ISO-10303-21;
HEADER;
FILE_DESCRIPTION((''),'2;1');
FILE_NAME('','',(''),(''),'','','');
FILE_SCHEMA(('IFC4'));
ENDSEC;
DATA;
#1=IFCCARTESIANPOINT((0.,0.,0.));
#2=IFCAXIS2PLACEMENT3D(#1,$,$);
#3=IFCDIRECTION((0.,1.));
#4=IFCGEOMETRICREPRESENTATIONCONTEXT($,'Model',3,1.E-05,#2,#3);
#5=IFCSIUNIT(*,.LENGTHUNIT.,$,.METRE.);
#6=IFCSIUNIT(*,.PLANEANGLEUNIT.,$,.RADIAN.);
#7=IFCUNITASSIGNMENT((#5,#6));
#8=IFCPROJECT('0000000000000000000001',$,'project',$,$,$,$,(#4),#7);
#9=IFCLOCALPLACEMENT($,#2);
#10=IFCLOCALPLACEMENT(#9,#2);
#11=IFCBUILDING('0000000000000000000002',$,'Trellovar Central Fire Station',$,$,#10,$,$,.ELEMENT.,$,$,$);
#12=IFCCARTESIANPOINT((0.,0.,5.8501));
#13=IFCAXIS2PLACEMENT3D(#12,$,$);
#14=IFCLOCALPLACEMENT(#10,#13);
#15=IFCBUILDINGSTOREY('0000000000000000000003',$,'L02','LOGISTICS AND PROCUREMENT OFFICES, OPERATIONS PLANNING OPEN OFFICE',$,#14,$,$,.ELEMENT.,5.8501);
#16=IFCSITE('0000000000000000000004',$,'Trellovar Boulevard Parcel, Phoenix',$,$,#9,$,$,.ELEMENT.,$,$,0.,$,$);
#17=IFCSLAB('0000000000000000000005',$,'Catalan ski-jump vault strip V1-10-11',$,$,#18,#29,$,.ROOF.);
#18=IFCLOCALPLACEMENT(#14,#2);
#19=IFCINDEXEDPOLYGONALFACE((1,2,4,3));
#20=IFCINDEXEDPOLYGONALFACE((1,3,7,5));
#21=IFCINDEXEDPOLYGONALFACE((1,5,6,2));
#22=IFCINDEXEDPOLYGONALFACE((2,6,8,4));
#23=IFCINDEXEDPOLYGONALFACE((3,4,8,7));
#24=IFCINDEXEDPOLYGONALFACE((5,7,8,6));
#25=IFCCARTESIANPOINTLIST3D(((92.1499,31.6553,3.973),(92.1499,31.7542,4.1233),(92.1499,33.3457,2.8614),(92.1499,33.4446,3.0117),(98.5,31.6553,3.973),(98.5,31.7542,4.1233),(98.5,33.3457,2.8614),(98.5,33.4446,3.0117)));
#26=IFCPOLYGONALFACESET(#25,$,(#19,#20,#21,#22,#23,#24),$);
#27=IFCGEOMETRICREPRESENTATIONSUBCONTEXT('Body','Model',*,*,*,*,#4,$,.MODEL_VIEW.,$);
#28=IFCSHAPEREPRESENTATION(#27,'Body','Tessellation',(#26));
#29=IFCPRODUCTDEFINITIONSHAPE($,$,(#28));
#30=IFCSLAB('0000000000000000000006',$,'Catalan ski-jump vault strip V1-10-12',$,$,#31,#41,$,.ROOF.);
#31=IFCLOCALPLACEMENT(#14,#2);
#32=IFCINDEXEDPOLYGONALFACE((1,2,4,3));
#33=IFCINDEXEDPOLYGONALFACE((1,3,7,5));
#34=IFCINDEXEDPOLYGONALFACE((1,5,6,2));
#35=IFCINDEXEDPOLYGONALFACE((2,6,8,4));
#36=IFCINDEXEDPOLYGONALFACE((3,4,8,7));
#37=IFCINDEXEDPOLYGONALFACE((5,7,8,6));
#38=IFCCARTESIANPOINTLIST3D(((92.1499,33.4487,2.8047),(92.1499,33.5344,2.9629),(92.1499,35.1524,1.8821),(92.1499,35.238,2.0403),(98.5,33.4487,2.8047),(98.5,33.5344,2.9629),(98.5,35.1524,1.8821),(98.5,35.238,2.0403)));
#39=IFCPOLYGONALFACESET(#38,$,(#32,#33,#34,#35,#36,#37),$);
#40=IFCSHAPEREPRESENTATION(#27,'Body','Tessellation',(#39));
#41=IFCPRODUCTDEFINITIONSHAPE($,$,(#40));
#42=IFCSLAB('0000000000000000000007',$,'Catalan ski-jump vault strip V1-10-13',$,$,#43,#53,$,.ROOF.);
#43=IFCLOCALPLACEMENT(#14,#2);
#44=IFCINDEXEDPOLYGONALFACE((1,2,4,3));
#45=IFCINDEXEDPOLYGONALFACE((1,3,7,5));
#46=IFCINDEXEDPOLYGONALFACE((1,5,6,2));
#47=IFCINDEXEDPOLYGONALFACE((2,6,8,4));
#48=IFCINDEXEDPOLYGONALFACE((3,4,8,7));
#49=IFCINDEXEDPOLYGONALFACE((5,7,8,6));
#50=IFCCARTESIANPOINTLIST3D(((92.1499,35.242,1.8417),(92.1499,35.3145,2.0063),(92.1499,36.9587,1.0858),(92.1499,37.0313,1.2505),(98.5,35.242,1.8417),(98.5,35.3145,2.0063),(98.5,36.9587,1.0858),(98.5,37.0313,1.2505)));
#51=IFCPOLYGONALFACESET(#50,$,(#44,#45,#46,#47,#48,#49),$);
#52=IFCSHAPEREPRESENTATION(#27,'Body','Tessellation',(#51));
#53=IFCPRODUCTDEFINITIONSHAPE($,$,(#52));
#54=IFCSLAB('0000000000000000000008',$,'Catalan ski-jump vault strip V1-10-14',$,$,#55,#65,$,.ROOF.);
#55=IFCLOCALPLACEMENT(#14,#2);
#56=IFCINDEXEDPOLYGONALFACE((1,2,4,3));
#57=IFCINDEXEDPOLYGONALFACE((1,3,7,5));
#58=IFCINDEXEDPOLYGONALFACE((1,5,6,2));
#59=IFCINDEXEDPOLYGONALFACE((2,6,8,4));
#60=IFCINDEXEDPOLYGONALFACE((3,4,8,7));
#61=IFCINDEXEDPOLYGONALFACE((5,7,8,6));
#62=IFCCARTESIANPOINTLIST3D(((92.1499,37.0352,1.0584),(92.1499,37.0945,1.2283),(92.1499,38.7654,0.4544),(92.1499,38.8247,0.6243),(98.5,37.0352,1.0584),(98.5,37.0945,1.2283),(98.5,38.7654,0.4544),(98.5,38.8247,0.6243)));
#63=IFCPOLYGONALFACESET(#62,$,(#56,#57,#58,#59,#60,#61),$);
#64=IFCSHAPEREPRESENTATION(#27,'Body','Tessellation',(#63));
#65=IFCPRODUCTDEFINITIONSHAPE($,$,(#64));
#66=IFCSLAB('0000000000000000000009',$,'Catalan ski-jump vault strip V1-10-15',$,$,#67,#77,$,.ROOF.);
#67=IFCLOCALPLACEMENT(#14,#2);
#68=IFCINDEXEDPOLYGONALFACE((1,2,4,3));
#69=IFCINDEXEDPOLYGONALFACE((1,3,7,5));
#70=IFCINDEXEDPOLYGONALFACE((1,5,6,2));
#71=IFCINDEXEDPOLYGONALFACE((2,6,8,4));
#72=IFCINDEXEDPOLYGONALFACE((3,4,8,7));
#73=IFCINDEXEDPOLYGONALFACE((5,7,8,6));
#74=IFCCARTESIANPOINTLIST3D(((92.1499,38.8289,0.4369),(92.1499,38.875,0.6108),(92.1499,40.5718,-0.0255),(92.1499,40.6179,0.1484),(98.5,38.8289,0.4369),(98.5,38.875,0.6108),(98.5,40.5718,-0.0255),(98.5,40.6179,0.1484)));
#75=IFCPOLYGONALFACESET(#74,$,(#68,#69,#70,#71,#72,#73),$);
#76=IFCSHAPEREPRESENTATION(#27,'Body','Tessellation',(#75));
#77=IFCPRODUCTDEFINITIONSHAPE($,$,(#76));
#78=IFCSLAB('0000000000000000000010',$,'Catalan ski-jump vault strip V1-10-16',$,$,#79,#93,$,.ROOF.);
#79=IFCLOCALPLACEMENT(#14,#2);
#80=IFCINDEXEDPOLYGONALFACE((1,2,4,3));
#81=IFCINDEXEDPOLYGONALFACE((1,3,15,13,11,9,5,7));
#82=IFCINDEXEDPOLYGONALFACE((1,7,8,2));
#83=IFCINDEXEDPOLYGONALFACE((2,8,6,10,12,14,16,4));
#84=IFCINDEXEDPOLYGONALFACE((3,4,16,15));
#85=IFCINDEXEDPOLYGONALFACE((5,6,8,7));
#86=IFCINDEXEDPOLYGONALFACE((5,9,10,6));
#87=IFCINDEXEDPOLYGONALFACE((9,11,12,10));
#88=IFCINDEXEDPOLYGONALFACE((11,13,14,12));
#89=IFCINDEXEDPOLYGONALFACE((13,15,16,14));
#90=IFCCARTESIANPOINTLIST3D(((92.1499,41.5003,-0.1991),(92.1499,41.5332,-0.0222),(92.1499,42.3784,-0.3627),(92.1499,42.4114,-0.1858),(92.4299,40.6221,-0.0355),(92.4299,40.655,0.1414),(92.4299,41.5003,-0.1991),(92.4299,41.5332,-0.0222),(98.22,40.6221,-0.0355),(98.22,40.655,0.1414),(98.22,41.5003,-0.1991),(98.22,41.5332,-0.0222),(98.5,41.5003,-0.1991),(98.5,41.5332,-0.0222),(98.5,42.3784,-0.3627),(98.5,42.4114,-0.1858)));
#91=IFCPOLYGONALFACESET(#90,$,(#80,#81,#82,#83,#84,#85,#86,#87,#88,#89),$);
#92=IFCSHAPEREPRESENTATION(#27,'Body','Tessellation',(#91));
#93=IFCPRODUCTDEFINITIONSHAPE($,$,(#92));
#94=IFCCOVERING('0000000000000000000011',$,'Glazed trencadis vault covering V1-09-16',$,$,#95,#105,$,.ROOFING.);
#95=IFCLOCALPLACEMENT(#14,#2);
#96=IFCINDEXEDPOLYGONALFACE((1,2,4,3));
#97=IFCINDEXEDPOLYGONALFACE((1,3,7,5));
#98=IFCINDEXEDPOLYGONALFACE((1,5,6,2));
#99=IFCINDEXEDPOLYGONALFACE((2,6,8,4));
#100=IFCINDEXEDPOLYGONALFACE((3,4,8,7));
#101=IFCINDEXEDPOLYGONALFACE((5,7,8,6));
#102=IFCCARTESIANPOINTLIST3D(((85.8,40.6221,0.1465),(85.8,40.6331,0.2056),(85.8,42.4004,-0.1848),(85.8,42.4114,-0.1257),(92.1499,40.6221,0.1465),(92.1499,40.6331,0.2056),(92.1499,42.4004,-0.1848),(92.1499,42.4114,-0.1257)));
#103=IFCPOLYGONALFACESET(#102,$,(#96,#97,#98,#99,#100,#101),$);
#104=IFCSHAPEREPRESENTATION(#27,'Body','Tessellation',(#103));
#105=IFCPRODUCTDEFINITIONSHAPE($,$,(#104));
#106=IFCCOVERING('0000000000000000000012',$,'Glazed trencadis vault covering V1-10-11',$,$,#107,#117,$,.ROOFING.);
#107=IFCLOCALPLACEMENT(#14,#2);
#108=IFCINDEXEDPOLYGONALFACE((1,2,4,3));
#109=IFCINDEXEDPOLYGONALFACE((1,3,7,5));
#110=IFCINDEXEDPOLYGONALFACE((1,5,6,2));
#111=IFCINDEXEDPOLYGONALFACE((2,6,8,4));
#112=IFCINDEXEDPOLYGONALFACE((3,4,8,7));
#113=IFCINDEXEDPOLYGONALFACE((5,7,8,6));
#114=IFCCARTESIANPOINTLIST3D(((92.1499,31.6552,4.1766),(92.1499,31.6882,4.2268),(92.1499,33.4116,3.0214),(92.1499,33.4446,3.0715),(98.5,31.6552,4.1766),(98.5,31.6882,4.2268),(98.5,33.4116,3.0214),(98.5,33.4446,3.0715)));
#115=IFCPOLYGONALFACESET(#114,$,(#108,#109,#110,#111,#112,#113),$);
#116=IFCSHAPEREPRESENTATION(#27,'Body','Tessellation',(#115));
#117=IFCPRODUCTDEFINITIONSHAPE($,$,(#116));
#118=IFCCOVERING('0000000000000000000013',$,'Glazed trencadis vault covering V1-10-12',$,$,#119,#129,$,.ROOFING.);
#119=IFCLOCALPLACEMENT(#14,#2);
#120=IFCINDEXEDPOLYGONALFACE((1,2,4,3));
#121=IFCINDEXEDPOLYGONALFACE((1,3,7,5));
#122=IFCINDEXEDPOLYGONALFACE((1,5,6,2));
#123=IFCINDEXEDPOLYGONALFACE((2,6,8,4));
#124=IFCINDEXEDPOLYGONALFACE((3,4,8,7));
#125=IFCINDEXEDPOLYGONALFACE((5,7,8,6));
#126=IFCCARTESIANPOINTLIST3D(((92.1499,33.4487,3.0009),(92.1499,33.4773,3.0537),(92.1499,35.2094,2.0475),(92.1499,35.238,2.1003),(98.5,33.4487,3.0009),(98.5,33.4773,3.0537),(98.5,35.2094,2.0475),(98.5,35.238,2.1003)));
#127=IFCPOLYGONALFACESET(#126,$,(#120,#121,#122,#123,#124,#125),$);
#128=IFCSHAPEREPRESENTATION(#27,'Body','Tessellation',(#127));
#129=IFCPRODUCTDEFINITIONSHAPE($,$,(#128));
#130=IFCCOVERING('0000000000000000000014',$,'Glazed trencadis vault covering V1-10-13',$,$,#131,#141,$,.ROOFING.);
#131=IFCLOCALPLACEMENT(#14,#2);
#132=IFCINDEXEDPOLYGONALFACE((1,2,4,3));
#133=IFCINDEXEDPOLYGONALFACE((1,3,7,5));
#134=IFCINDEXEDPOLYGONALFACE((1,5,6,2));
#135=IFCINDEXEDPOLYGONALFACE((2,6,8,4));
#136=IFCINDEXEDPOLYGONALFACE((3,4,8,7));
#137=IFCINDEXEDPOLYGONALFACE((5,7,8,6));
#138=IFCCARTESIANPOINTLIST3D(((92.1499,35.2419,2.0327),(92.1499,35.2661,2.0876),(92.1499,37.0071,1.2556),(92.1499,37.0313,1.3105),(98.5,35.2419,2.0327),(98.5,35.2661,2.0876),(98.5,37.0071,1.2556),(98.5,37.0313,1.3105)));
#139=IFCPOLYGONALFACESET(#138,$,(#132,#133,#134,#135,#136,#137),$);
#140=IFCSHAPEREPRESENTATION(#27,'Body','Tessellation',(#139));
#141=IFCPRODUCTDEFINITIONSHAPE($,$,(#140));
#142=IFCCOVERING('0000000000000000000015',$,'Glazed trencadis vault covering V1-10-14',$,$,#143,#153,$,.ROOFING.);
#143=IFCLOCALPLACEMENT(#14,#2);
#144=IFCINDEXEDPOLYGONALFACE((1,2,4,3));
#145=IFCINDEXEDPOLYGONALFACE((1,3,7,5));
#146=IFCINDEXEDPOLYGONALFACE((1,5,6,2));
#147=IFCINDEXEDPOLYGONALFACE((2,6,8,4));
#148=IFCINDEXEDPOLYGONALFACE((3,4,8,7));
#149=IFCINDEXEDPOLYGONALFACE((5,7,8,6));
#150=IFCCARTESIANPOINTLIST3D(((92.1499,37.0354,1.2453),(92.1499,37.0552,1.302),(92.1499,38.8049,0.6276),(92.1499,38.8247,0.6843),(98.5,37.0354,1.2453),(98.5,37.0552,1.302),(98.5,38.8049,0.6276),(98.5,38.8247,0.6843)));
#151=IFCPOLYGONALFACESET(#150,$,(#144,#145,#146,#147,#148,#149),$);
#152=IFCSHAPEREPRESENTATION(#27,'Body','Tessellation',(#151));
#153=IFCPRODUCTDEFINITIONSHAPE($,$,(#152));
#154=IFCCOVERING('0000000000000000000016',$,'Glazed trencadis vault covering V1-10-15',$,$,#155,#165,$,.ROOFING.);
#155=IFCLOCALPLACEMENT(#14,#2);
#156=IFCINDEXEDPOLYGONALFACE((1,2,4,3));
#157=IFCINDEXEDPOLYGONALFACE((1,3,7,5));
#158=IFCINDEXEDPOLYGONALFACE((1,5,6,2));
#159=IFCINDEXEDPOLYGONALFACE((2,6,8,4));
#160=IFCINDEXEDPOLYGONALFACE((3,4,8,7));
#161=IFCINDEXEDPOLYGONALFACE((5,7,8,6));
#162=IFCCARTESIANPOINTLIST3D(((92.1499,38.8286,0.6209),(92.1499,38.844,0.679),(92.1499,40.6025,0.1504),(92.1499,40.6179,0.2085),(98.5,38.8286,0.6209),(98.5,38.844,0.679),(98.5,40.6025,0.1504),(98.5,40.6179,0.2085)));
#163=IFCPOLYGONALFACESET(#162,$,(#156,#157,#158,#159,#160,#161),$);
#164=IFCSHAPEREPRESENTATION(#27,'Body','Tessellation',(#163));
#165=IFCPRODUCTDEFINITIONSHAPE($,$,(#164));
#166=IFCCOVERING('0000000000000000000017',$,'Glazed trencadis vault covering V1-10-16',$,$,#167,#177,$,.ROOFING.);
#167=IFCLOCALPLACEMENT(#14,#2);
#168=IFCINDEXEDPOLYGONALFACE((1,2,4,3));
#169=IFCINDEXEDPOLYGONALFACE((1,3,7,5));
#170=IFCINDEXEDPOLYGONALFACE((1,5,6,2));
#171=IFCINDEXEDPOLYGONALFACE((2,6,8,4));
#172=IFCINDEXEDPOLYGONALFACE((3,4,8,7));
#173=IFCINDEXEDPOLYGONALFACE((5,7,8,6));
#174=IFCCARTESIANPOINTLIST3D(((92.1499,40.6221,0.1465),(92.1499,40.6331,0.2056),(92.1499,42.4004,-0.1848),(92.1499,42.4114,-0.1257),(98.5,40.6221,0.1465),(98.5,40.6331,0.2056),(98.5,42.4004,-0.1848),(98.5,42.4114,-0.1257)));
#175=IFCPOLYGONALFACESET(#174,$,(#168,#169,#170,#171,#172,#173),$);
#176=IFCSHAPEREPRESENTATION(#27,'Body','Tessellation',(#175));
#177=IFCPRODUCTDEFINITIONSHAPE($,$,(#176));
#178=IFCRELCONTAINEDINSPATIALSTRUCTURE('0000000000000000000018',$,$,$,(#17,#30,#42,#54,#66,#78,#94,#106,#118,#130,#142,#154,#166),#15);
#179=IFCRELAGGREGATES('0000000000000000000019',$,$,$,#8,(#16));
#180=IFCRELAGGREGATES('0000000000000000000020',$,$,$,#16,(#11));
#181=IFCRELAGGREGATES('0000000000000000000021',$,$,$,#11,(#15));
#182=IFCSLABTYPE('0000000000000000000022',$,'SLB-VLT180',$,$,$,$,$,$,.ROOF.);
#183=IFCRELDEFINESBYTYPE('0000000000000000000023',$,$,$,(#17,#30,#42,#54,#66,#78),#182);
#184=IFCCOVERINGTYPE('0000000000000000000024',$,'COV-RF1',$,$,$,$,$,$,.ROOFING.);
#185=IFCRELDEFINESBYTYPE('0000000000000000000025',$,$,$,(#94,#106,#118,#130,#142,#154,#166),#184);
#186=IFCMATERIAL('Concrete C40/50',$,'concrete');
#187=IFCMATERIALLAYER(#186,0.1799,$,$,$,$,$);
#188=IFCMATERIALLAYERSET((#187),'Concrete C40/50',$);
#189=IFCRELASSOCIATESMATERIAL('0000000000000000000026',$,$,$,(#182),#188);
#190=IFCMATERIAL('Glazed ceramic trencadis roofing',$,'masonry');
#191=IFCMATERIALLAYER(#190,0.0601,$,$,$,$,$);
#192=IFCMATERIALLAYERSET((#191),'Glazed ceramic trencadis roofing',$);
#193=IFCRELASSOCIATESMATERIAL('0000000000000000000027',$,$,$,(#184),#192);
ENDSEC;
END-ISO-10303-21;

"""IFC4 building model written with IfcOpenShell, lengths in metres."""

from ifc_helpers import new_model, si_unit, direction, frame, origin, place, context, subcontext, project, spatial, polyline, outline, extrude, material, layer, layer_set, type_object, element, save


model = new_model("IFC4")

# Units and contexts
model_context = context("Model", 3, precision=1e-05, world=origin(), true_north=direction((0.0, 1.0)))
body_context = subcontext(model_context, "Body", "Model", "MODEL_VIEW")
ifc_project = project(units=[si_unit("LENGTHUNIT", "METRE"), si_unit("PLANEANGLEUNIT", "RADIAN")], contexts=[model_context])

# Site, building, storey
site_placement = place(None, origin())
site = spatial("IfcSite", under=ifc_project, at=site_placement, Name="Trellovar Boulevard Parcel, Phoenix", CompositionType="ELEMENT", RefElevation=0.0)
building_placement = place(site_placement, origin())
building = spatial("IfcBuilding", under=site, at=building_placement, Name="Trellovar Central Fire Station", CompositionType="ELEMENT")
storey_placement = place(building_placement, frame((0.0, 0.0, 5.8501)))
storey = spatial("IfcBuildingStorey", under=building, at=storey_placement, Name="L02", Description="LOGISTICS AND PROCUREMENT OFFICES, OPERATIONS PLANNING OPEN OFFICE", CompositionType="ELEMENT", Elevation=5.8501)

# Slabs
ifc_material_1 = material(Name="Concrete C40/50", Category="concrete")
ifc_layer_1 = layer(ifc_material_1, 0.1799)
ifc_layer_set_1 = layer_set([ifc_layer_1], Name="Concrete C40/50")
slab_type = type_object("IfcSlabType", Name="SLB-VLT180", PredefinedType="ROOF", material=ifc_layer_set_1)
slab_1_placement = place(storey_placement, frame((92.1499, 31.7542, 4.1233), z_axis=(0.0, 0.549426, 0.835542), x_axis=(1.0, 0.0, 0.0)))
element("IfcSlab", 1, at=slab_1_placement, inside=storey, type_object=slab_type, Name="Catalan ski-jump vault strip V1-10-11", PredefinedType="ROOF", context=body_context, shape_type="SweptSolid", body=[
    extrude(outline(polyline([(0.0, 0.0), (6.3501, 0.0), (6.3501, 2.0232), (0.0, 2.0232), (0.0, 0.0)])), origin(), (0.0, 0.0, -1.0), 0.1799),
])
slab_2_placement = place(storey_placement, frame((92.1499, 33.5344, 2.9629), z_axis=(0.0, 0.47621, 0.879332), x_axis=(1.0, 0.0, 0.0)))
element("IfcSlab", 2, at=slab_2_placement, inside=storey, type_object=slab_type, Name="Catalan ski-jump vault strip V1-10-12", PredefinedType="ROOF", context=body_context, shape_type="SweptSolid", body=[
    extrude(outline(polyline([(0.0, 0.0), (6.3501, 0.0), (6.3501, 1.9374), (0.0, 1.9374), (0.0, 0.0)])), origin(), (0.0, 0.0, -1.0), 0.1799),
])
slab_3_placement = place(storey_placement, frame((92.1499, 35.3145, 2.0063), z_axis=(0.0, 0.402948, 0.915223), x_axis=(1.0, 0.0, 0.0)))
element("IfcSlab", 3, at=slab_3_placement, inside=storey, type_object=slab_type, Name="Catalan ski-jump vault strip V1-10-13", PredefinedType="ROOF", context=body_context, shape_type="SweptSolid", body=[
    extrude(outline(polyline([(0.0, 0.0), (6.3501, 0.0), (6.3501, 1.8758), (0.0, 1.8758), (0.0, 0.0)])), origin(), (0.0, 0.0, -1.0), 0.1799),
])
slab_4_placement = place(storey_placement, frame((92.1499, 37.0945, 1.2283), z_axis=(0.0, 0.329585, 0.944126), x_axis=(1.0, 0.0, 0.0)))
element("IfcSlab", 4, at=slab_4_placement, inside=storey, type_object=slab_type, Name="Catalan ski-jump vault strip V1-10-14", PredefinedType="ROOF", context=body_context, shape_type="SweptSolid", body=[
    extrude(outline(polyline([(0.0, 0.0), (6.3501, 0.0), (6.3501, 1.8326), (0.0, 1.8326), (0.0, 0.0)])), origin(), (0.0, 0.0, -1.0), 0.1799),
])
slab_5_placement = place(storey_placement, frame((92.1499, 38.875, 0.6108), z_axis=(0.0, 0.256432, 0.966562), x_axis=(1.0, 0.0, 0.0)))
element("IfcSlab", 5, at=slab_5_placement, inside=storey, type_object=slab_type, Name="Catalan ski-jump vault strip V1-10-15", PredefinedType="ROOF", context=body_context, shape_type="SweptSolid", body=[
    extrude(outline(polyline([(0.0, 0.0), (6.3501, 0.0), (6.3501, 1.8032), (0.0, 1.8032), (0.0, 0.0)])), origin(), (0.0, 0.0, -1.0), 0.1799),
])
slab_6_placement = place(storey_placement, frame((92.4299, 40.655, 0.1414), z_axis=(0.0, 0.183117, 0.983091), x_axis=(1.0, 0.0, 0.0)))
element("IfcSlab", 6, at=slab_6_placement, inside=storey, type_object=slab_type, Name="Catalan ski-jump vault strip V1-10-16", PredefinedType="ROOF", context=body_context, shape_type="SweptSolid", body=[
    extrude(outline(polyline([(0.0, 0.0), (5.79, 0.0), (5.79, 0.8933), (6.0701, 0.8933), (6.0701, 1.7866), (-0.28, 1.7866), (-0.28, 0.8933), (0.0, 0.8933), (0.0, 0.0)])), origin(), (0.0, 0.0, -1.0), 0.1799),
])

# Coverings
ifc_material_2 = material(Name="Glazed ceramic trencadis roofing", Category="masonry")
ifc_layer_2 = layer(ifc_material_2, 0.0601)
ifc_layer_set_2 = layer_set([ifc_layer_2], Name="Glazed ceramic trencadis roofing")
covering_type = type_object("IfcCoveringType", Name="COV-RF1", PredefinedType="ROOFING", material=ifc_layer_set_2)
covering_1_placement = place(storey_placement, frame((85.8, 40.6331, 0.2056), z_axis=(0.0, 0.183148, 0.983085), x_axis=(1.0, 0.0, 0.0)))
element("IfcCovering", 7, at=covering_1_placement, inside=storey, type_object=covering_type, Name="Glazed trencadis vault covering V1-09-16", PredefinedType="ROOFING", context=body_context, shape_type="SweptSolid", body=[
    extrude(outline(polyline([(0.0, 0.0), (6.3499, 0.0), (6.3499, 1.8089), (0.0, 1.8089), (0.0, 0.0)])), origin(), (0.0, 0.0, -1.0), 0.0601),
])
covering_2_placement = place(storey_placement, frame((92.1499, 31.6882, 4.2268), z_axis=(0.0, 0.549544, 0.835465), x_axis=(1.0, 0.0, 0.0)))
element("IfcCovering", 8, at=covering_2_placement, inside=storey, type_object=covering_type, Name="Glazed trencadis vault covering V1-10-11", PredefinedType="ROOFING", context=body_context, shape_type="SweptSolid", body=[
    extrude(outline(polyline([(0.0, 0.0), (6.3501, 0.0), (6.3501, 2.1022), (0.0, 2.1022), (0.0, 0.0)])), origin(), (0.0, 0.0, -1.0), 0.0601),
])
covering_3_placement = place(storey_placement, frame((92.1499, 33.4773, 3.0537), z_axis=(0.0, 0.476142, 0.879369), x_axis=(1.0, 0.0, 0.0)))
element("IfcCovering", 9, at=covering_3_placement, inside=storey, type_object=covering_type, Name="Glazed trencadis vault covering V1-10-12", PredefinedType="ROOFING", context=body_context, shape_type="SweptSolid", body=[
    extrude(outline(polyline([(0.0, 0.0), (6.3501, 0.0), (6.3501, 2.0023), (0.0, 2.0023), (0.0, 0.0)])), origin(), (0.0, 0.0, -1.0), 0.0601),
])
covering_4_placement = place(storey_placement, frame((92.1499, 35.2661, 2.0876), z_axis=(0.0, 0.40293, 0.915231), x_axis=(1.0, 0.0, 0.0)))
element("IfcCovering", 10, at=covering_4_placement, inside=storey, type_object=covering_type, Name="Glazed trencadis vault covering V1-10-13", PredefinedType="ROOFING", context=body_context, shape_type="SweptSolid", body=[
    extrude(outline(polyline([(0.0, 0.0), (6.3501, 0.0), (6.3501, 1.9286), (0.0, 1.9286), (0.0, 0.0)])), origin(), (0.0, 0.0, -1.0), 0.0601),
])
covering_5_placement = place(storey_placement, frame((92.1499, 37.0552, 1.302), z_axis=(0.0, 0.329561, 0.944134), x_axis=(1.0, 0.0, 0.0)))
element("IfcCovering", 11, at=covering_5_placement, inside=storey, type_object=covering_type, Name="Glazed trencadis vault covering V1-10-14", PredefinedType="ROOFING", context=body_context, shape_type="SweptSolid", body=[
    extrude(outline(polyline([(0.0, 0.0), (6.3501, 0.0), (6.3501, 1.8742), (0.0, 1.8742), (0.0, 0.0)])), origin(), (0.0, 0.0, -1.0), 0.0601),
])
covering_6_placement = place(storey_placement, frame((92.1499, 38.844, 0.679), z_axis=(0.0, 0.256346, 0.966585), x_axis=(1.0, 0.0, 0.0)))
element("IfcCovering", 12, at=covering_6_placement, inside=storey, type_object=covering_type, Name="Glazed trencadis vault covering V1-10-15", PredefinedType="ROOFING", context=body_context, shape_type="SweptSolid", body=[
    extrude(outline(polyline([(0.0, 0.0), (6.3501, 0.0), (6.3501, 1.8353), (0.0, 1.8353), (0.0, 0.0)])), origin(), (0.0, 0.0, -1.0), 0.0601),
])
covering_7_placement = place(storey_placement, frame((92.1499, 40.6331, 0.2056), z_axis=(0.0, 0.183148, 0.983085), x_axis=(1.0, 0.0, 0.0)))
element("IfcCovering", 13, at=covering_7_placement, inside=storey, type_object=covering_type, Name="Glazed trencadis vault covering V1-10-16", PredefinedType="ROOFING", context=body_context, shape_type="SweptSolid", body=[
    extrude(outline(polyline([(0.0, 0.0), (6.3501, 0.0), (6.3501, 1.8089), (0.0, 1.8089), (0.0, 0.0)])), origin(), (0.0, 0.0, -1.0), 0.0601),
])

save(model, "model.ifc")
